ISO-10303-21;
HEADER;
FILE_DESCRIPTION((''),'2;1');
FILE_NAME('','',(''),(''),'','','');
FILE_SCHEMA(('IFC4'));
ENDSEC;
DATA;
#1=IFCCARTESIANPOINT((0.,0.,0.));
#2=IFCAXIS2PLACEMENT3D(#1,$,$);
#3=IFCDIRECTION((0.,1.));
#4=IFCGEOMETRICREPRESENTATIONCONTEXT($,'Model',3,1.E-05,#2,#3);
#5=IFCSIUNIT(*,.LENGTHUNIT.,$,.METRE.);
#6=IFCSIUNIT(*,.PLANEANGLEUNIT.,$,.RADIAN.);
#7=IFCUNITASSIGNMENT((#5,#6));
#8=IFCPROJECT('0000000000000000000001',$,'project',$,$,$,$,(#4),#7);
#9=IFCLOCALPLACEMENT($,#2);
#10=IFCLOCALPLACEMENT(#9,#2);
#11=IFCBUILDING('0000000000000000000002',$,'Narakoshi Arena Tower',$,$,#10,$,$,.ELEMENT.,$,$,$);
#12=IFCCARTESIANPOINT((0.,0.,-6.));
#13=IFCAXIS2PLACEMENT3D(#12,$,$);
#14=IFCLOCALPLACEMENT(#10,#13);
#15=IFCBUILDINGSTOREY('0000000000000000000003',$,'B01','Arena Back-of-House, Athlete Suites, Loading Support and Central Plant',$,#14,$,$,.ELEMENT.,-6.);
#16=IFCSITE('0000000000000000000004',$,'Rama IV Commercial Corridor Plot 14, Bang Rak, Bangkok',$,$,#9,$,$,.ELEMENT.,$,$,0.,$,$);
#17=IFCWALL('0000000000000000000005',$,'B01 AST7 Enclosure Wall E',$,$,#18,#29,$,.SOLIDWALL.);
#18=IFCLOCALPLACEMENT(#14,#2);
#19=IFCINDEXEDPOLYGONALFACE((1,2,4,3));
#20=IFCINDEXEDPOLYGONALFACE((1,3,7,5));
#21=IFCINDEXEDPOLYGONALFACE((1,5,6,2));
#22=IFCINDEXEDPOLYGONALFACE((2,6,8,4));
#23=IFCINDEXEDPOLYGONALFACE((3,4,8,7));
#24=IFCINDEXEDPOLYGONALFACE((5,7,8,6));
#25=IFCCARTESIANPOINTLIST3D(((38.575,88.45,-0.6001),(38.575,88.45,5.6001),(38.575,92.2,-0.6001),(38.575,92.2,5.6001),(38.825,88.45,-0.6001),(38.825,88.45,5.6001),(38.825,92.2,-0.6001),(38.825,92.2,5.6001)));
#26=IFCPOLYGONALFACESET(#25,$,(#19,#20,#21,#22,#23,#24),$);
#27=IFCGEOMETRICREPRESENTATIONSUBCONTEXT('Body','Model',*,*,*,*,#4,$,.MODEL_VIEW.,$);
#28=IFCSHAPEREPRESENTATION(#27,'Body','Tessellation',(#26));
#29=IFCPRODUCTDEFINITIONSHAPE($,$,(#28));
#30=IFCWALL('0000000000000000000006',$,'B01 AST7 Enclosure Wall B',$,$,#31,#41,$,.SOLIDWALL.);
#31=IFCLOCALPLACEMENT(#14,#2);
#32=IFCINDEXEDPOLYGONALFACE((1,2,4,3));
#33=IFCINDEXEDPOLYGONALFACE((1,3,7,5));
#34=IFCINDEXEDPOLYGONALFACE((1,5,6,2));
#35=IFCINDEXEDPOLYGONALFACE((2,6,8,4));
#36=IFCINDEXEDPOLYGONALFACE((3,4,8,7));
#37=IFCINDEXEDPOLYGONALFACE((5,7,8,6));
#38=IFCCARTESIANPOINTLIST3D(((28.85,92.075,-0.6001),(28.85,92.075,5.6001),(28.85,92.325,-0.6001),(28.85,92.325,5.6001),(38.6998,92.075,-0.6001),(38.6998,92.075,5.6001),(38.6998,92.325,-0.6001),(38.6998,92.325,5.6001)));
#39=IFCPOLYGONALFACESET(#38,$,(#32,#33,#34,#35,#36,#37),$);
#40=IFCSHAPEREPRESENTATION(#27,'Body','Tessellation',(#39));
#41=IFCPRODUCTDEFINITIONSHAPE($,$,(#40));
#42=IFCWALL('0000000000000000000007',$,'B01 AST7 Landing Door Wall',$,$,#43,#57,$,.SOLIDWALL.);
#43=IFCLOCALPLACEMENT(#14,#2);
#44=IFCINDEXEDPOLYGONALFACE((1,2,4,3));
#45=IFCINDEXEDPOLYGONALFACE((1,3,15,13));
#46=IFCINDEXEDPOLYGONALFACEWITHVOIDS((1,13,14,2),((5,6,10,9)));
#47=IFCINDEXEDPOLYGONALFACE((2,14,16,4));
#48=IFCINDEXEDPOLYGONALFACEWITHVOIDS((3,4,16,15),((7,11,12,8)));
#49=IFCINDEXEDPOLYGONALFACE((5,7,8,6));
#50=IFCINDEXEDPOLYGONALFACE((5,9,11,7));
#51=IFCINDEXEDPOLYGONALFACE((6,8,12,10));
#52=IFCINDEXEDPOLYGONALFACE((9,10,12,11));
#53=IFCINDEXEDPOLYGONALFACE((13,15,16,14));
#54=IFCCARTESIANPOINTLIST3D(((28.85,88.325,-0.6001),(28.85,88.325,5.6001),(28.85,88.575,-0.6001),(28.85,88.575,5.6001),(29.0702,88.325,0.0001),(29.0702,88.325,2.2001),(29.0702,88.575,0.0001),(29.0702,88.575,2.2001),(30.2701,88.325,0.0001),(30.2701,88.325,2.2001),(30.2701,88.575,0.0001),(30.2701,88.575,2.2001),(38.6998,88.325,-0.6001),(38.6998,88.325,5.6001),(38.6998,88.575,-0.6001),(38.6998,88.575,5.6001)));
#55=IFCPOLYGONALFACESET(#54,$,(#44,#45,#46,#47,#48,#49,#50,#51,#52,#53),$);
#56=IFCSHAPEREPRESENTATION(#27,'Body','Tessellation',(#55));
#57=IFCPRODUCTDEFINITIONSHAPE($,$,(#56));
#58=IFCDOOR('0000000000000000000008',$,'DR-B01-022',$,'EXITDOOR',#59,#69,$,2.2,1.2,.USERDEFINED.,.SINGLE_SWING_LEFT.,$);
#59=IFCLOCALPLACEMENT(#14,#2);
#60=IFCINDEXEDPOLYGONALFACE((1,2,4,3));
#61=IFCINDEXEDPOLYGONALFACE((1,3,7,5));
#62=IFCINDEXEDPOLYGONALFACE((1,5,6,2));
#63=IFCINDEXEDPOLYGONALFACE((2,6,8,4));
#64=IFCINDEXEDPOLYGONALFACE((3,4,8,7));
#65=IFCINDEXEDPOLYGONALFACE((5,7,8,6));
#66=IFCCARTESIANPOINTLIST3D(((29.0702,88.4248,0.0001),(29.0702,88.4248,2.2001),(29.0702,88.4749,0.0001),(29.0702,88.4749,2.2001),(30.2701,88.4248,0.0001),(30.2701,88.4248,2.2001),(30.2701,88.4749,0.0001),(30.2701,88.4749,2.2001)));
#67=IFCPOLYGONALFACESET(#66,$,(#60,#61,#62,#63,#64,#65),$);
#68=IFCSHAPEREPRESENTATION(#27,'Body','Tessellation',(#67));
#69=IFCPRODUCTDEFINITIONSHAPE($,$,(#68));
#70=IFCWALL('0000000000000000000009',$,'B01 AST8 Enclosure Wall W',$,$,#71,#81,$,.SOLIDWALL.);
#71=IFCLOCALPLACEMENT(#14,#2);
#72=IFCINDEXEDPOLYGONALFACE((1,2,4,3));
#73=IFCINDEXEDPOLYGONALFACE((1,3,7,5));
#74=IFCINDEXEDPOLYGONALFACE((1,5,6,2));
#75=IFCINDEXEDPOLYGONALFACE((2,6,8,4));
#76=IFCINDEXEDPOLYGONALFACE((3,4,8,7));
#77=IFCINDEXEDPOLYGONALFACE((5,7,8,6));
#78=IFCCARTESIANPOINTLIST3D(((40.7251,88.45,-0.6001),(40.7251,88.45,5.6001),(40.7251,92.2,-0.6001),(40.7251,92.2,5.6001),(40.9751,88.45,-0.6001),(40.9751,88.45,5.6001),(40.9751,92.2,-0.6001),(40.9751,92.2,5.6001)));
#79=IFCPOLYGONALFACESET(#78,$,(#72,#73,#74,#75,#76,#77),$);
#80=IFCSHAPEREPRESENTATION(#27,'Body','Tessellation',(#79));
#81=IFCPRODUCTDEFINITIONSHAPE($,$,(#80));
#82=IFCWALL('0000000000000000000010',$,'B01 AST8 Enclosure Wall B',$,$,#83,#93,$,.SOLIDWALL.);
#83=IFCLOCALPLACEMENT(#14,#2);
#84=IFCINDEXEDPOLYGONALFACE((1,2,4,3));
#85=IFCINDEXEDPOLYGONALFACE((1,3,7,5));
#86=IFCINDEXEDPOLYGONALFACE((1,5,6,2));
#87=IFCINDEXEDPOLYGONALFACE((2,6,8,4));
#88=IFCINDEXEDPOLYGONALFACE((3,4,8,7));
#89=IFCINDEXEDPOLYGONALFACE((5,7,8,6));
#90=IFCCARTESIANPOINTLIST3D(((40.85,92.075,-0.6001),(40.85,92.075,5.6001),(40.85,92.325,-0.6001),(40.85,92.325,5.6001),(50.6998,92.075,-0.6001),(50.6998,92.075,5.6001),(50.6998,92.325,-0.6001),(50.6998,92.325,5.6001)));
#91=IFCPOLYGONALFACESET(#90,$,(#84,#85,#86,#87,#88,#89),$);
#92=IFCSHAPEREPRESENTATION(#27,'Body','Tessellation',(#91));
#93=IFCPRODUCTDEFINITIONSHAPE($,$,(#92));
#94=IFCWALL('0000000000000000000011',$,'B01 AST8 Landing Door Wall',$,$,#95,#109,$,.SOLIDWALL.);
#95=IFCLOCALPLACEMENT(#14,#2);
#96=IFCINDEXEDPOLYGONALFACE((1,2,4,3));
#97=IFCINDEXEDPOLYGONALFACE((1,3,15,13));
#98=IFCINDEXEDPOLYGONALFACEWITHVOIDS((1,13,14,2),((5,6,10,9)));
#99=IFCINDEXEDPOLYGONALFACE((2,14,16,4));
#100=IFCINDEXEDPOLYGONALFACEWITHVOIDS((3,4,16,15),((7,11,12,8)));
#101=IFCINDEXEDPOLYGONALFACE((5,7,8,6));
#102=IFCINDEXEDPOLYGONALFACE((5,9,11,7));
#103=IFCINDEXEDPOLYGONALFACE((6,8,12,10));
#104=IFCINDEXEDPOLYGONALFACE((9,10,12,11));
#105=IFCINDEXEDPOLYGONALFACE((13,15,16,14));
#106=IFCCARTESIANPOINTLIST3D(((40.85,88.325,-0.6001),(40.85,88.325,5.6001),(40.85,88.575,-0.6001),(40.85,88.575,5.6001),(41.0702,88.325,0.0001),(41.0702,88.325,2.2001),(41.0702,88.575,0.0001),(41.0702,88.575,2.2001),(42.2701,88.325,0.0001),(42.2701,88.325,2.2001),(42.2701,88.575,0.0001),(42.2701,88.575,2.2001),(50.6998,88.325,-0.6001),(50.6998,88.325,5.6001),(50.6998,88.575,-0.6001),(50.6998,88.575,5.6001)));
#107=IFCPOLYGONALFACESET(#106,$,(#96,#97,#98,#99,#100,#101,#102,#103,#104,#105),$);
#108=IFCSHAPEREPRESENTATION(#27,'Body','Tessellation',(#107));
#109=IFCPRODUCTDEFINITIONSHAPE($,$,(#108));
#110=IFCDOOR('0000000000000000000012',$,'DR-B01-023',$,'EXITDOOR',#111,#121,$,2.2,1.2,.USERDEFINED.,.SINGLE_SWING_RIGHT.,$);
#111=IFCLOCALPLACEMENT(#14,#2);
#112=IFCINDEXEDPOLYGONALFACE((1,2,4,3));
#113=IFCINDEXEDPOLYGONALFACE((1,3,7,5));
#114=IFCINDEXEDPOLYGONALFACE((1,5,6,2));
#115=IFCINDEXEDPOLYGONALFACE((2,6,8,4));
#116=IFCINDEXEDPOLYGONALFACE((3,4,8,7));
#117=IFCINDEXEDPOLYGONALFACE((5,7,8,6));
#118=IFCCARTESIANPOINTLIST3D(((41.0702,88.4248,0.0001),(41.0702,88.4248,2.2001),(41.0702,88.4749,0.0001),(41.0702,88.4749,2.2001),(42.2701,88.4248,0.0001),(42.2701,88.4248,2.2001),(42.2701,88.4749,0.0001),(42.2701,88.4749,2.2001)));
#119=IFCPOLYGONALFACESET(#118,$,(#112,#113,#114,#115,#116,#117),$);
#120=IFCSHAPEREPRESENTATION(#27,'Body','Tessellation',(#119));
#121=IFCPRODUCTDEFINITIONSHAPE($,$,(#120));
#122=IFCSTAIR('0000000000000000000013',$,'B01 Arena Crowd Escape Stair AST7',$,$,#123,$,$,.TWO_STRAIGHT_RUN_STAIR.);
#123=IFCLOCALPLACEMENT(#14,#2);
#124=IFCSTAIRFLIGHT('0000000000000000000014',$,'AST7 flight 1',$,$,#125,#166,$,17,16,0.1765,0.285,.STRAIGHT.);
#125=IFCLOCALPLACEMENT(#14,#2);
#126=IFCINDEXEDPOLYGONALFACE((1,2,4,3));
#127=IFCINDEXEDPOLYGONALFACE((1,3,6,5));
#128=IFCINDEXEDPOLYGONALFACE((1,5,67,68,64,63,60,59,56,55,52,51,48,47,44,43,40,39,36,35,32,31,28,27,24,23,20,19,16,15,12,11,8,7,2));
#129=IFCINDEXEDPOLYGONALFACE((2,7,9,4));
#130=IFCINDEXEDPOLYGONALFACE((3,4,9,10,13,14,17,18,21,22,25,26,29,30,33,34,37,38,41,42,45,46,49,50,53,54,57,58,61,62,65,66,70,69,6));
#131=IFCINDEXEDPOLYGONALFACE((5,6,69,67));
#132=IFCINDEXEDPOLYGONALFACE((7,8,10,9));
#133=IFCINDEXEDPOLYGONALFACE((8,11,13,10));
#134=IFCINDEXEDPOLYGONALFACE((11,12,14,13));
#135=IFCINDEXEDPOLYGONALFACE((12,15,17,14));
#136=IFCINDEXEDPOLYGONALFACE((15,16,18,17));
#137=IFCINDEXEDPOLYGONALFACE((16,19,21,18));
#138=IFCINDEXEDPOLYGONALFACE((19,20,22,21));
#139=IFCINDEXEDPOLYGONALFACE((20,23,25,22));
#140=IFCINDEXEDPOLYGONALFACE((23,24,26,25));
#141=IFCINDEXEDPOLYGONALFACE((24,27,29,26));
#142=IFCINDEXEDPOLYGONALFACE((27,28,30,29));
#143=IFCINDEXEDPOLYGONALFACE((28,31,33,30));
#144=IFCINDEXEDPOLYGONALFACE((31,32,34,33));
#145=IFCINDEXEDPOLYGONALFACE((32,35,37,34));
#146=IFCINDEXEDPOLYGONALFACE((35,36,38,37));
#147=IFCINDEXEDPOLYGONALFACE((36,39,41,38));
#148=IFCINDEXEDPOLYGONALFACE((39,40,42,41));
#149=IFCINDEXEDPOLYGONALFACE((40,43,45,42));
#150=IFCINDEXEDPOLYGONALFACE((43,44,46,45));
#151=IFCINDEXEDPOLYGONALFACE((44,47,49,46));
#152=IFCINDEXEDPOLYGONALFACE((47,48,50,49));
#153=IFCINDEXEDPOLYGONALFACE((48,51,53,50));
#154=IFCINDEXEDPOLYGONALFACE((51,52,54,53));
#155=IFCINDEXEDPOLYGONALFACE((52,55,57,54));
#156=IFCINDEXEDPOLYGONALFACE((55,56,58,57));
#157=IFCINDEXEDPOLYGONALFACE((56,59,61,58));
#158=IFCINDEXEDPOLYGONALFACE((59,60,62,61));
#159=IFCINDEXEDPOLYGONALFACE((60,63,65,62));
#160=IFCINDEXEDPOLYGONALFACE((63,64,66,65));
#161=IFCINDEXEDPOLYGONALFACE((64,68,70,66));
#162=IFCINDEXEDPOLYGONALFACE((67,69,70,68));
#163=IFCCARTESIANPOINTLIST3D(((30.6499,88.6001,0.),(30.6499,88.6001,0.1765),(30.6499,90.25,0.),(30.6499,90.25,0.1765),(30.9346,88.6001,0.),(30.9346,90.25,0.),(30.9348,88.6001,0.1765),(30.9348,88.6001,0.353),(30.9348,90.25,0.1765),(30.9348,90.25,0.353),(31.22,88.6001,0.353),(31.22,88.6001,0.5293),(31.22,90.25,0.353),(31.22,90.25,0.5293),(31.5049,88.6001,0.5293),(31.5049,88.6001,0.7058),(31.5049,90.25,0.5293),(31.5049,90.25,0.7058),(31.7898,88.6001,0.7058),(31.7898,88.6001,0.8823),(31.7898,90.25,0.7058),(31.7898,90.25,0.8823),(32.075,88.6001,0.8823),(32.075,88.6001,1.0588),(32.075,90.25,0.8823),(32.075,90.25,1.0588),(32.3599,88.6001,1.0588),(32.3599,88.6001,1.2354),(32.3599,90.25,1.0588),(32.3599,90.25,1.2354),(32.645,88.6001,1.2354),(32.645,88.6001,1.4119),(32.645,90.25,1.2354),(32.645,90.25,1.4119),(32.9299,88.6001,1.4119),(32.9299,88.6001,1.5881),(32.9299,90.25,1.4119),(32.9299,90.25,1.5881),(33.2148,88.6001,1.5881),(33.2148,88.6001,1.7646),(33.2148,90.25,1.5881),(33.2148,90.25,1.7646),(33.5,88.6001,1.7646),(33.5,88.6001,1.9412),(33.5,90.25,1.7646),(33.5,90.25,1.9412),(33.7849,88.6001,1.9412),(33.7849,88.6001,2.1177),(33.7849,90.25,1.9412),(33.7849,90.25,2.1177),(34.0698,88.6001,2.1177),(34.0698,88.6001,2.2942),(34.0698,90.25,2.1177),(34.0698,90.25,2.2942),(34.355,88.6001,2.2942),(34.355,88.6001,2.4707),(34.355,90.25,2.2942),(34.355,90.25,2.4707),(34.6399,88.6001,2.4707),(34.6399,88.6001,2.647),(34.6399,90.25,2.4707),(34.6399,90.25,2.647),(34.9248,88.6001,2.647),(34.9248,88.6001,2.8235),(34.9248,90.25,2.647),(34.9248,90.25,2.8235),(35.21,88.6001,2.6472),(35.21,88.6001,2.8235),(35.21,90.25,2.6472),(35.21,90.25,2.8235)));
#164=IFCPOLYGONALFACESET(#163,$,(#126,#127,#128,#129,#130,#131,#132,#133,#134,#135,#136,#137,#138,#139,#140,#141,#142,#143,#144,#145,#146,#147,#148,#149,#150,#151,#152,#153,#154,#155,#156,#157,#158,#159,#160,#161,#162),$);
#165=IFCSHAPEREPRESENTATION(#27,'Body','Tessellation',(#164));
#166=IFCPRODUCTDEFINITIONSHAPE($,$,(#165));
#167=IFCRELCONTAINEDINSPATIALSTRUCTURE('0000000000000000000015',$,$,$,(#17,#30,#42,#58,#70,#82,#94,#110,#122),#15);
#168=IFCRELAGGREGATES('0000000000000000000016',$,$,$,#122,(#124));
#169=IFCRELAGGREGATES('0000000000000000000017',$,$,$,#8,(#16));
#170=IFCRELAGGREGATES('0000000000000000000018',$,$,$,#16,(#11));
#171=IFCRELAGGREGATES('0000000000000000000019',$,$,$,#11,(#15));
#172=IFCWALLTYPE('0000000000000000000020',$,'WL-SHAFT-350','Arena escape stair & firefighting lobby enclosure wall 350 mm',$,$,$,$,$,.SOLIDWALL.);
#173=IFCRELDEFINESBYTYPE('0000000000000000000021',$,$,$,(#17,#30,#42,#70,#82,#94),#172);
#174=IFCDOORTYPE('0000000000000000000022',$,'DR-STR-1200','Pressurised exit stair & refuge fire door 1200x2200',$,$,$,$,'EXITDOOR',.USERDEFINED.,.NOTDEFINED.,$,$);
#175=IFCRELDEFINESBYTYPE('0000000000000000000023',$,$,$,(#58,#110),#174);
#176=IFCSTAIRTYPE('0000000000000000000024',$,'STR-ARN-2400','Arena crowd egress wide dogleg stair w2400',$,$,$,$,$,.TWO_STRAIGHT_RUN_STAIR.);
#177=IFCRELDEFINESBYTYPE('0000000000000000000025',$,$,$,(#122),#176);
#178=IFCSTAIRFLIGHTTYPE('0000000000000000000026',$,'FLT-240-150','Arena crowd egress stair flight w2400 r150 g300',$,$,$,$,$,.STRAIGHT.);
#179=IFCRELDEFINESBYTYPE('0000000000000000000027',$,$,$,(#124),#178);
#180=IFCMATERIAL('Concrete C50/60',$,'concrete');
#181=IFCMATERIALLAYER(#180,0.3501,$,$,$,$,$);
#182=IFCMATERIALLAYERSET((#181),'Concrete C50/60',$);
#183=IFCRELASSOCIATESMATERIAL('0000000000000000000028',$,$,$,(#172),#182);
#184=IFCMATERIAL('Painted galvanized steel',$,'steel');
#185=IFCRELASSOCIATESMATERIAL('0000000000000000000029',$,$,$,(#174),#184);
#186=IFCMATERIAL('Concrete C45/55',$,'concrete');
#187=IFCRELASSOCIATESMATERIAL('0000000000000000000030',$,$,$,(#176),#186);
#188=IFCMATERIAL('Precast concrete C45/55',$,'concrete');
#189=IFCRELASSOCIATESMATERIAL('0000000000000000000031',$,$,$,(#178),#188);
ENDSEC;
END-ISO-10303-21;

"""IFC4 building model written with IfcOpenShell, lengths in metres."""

from ifc_helpers import new_model, si_unit, direction, frame, frame_2d, origin, place, context, subcontext, project, spatial, polyline, rectangle, outline, extrude, material, layer, layer_set, type_object, element, fill, aggregate, save


model = new_model("IFC4")

# Units and contexts
model_context = context("Model", 3, precision=1e-05, world=origin(), true_north=direction((0.0, 1.0)))
body_context = subcontext(model_context, "Body", "Model", "MODEL_VIEW")
ifc_project = project(units=[si_unit("LENGTHUNIT", "METRE"), si_unit("PLANEANGLEUNIT", "RADIAN")], contexts=[model_context])

# Site, building, storey
site_placement = place(None, origin())
site = spatial("IfcSite", under=ifc_project, at=site_placement, Name="Rama IV Commercial Corridor Plot 14, Bang Rak, Bangkok", CompositionType="ELEMENT", RefElevation=0.0)
building_placement = place(site_placement, origin())
building = spatial("IfcBuilding", under=site, at=building_placement, Name="Narakoshi Arena Tower", CompositionType="ELEMENT")
storey_placement = place(building_placement, frame((0.0, 0.0, -6.0)))
storey = spatial("IfcBuildingStorey", under=building, at=storey_placement, Name="B01", Description="Arena Back-of-House, Athlete Suites, Loading Support and Central Plant", CompositionType="ELEMENT", Elevation=-6.0)

# Shared definitions
ifc_material_1 = material(Name="Concrete C45/55", Category="concrete")

# Walls
ifc_material_2 = material(Name="Concrete C50/60", Category="concrete")
ifc_layer = layer(ifc_material_2, 0.3501)
ifc_layer_set = layer_set([ifc_layer], Name="Concrete C50/60")
wall_type = type_object("IfcWallType", Name="WL-SHAFT-350", Description="Arena escape stair & firefighting lobby enclosure wall 350 mm", PredefinedType="SOLIDWALL", material=ifc_layer_set)
wall_1_placement = place(storey_placement, frame((38.7, 88.45, -0.6001), z_axis=(0.0, 0.0, 1.0), x_axis=(0.0, 1.0, 0.0)))
element("IfcWall", 1, at=wall_1_placement, inside=storey, type_object=wall_type, Name="B01 AST7 Enclosure Wall E", PredefinedType="SOLIDWALL", context=body_context, shape_type="SweptSolid", body=[
    extrude(rectangle(XDim=3.75, YDim=0.25, at=frame_2d((1.875, 0.0))), origin(), (0.0, 0.0, 1.0), 6.2002),
])
wall_2_placement = place(storey_placement, frame((28.8501, 92.2, -0.6001), z_axis=(0.0, 0.0, 1.0), x_axis=(1.0, 0.0, 0.0)))
element("IfcWall", 2, at=wall_2_placement, inside=storey, type_object=wall_type, Name="B01 AST7 Enclosure Wall B", PredefinedType="SOLIDWALL", context=body_context, shape_type="SweptSolid", body=[
    extrude(rectangle(XDim=9.8499, YDim=0.25, at=frame_2d((4.9248, 0.0))), origin(), (0.0, 0.0, 1.0), 6.2002),
])

# Wall, opening, door
wall_3_placement = place(storey_placement, frame((28.8501, 88.45, -0.6001), z_axis=(0.0, 0.0, 1.0), x_axis=(1.0, 0.0, 0.0)))
wall_3 = element("IfcWall", 3, at=wall_3_placement, inside=storey, type_object=wall_type, Name="B01 AST7 Landing Door Wall", PredefinedType="SOLIDWALL", context=body_context, shape_type="SweptSolid", body=[
    extrude(rectangle(XDim=9.8499, YDim=0.25, at=frame_2d((4.9248, 0.0))), origin(), (0.0, 0.0, 1.0), 6.2002),
])
opening_1_placement = place(wall_3_placement, frame((0.22, 0.0, 0.6001)))
opening_1 = element("IfcOpeningElement", 4, at=opening_1_placement, cuts=wall_3, PredefinedType="OPENING", context=body_context, shape_type="SweptSolid", body=[
    extrude(rectangle(XDim=1.2, YDim=2.2, at=frame_2d((0.6001, 1.1001))), frame((0.0, 0.135, 0.0), z_axis=(0.0, -1.0, 0.0), x_axis=(1.0, 0.0, 0.0)), (0.0, 0.0, 1.0), 0.27),
])
ifc_material_3 = material(Name="Painted galvanized steel", Category="steel")
door_type = type_object("IfcDoorType", Name="DR-STR-1200", Description="Pressurised exit stair & refuge fire door 1200x2200", ElementType="EXITDOOR", OperationType="NOTDEFINED", PredefinedType="USERDEFINED", material=ifc_material_3)
door_1_placement = place(opening_1_placement, origin())
door_1 = element("IfcDoor", 5, at=door_1_placement, inside=storey, type_object=door_type, Name="DR-B01-022", ObjectType="EXITDOOR", OperationType="SINGLE_SWING_LEFT", OverallHeight=2.2, OverallWidth=1.2, PredefinedType="USERDEFINED", context=body_context, shape_type="SweptSolid", body=[
    extrude(rectangle(XDim=1.2, YDim=2.2, at=frame_2d((0.6001, 1.1001))), frame((0.0, 0.0249, 0.0), z_axis=(0.0, -1.0, 0.0), x_axis=(1.0, 0.0, 0.0)), (0.0, 0.0, 1.0), 0.05),
])
fill(opening_1, door_1)

# Walls
wall_4_placement = place(storey_placement, frame((40.8501, 88.45, -0.6001), z_axis=(0.0, 0.0, 1.0), x_axis=(0.0, 1.0, 0.0)))
element("IfcWall", 6, at=wall_4_placement, inside=storey, type_object=wall_type, Name="B01 AST8 Enclosure Wall W", PredefinedType="SOLIDWALL", context=body_context, shape_type="SweptSolid", body=[
    extrude(rectangle(XDim=3.75, YDim=0.25, at=frame_2d((1.875, 0.0))), origin(), (0.0, 0.0, 1.0), 6.2002),
])
wall_5_placement = place(storey_placement, frame((40.8501, 92.2, -0.6001), z_axis=(0.0, 0.0, 1.0), x_axis=(1.0, 0.0, 0.0)))
element("IfcWall", 7, at=wall_5_placement, inside=storey, type_object=wall_type, Name="B01 AST8 Enclosure Wall B", PredefinedType="SOLIDWALL", context=body_context, shape_type="SweptSolid", body=[
    extrude(rectangle(XDim=9.8499, YDim=0.25, at=frame_2d((4.9248, 0.0))), origin(), (0.0, 0.0, 1.0), 6.2002),
])

# Wall, opening, door
wall_6_placement = place(storey_placement, frame((40.8501, 88.45, -0.6001), z_axis=(0.0, 0.0, 1.0), x_axis=(1.0, 0.0, 0.0)))
wall_6 = element("IfcWall", 8, at=wall_6_placement, inside=storey, type_object=wall_type, Name="B01 AST8 Landing Door Wall", PredefinedType="SOLIDWALL", context=body_context, shape_type="SweptSolid", body=[
    extrude(rectangle(XDim=9.8499, YDim=0.25, at=frame_2d((4.9248, 0.0))), origin(), (0.0, 0.0, 1.0), 6.2002),
])
opening_2_placement = place(wall_6_placement, frame((0.22, 0.0, 0.6001)))
opening_2 = element("IfcOpeningElement", 9, at=opening_2_placement, cuts=wall_6, PredefinedType="OPENING", context=body_context, shape_type="SweptSolid", body=[
    extrude(rectangle(XDim=1.2, YDim=2.2, at=frame_2d((0.6001, 1.1001))), frame((0.0, 0.135, 0.0), z_axis=(0.0, -1.0, 0.0), x_axis=(1.0, 0.0, 0.0)), (0.0, 0.0, 1.0), 0.27),
])
door_2_placement = place(opening_2_placement, origin())
door_2 = element("IfcDoor", 10, at=door_2_placement, inside=storey, type_object=door_type, Name="DR-B01-023", ObjectType="EXITDOOR", OperationType="SINGLE_SWING_RIGHT", OverallHeight=2.2, OverallWidth=1.2, PredefinedType="USERDEFINED", context=body_context, shape_type="SweptSolid", body=[
    extrude(rectangle(XDim=1.2, YDim=2.2, at=frame_2d((0.6001, 1.1001))), frame((0.0, 0.0249, 0.0), z_axis=(0.0, -1.0, 0.0), x_axis=(1.0, 0.0, 0.0)), (0.0, 0.0, 1.0), 0.05),
])
fill(opening_2, door_2)

# Stair, stair flight
stair_type = type_object("IfcStairType", Name="STR-ARN-2400", Description="Arena crowd egress wide dogleg stair w2400", PredefinedType="TWO_STRAIGHT_RUN_STAIR", material=ifc_material_1)
stair_1_placement = place(storey_placement, origin())
stair_1 = element("IfcStair", 11, at=stair_1_placement, inside=storey, type_object=stair_type, Name="B01 Arena Crowd Escape Stair AST7", PredefinedType="TWO_STRAIGHT_RUN_STAIR")
ifc_material_4 = material(Name="Precast concrete C45/55", Category="concrete")
stair_flight_type = type_object("IfcStairFlightType", Name="FLT-240-150", Description="Arena crowd egress stair flight w2400 r150 g300", PredefinedType="STRAIGHT", material=ifc_material_4)
stair_flight_1_placement = place(storey_placement, frame((30.6499, 89.425, 0.0), z_axis=(0.0, 0.0, 1.0), x_axis=(1.0, 0.0, 0.0)))
stair_flight_1 = element("IfcStairFlight", 12, at=stair_flight_1_placement, type_object=stair_flight_type, Name="AST7 flight 1", NumberOfRisers=17, NumberOfTreads=16, PredefinedType="STRAIGHT", RiserHeight=0.1765, TreadLength=0.285, context=body_context, shape_type="SweptSolid", body=[
    extrude(outline(polyline([(0.0, 0.0), (0.0, 0.1765), (0.2849, 0.1765), (0.2849, 0.353), (0.5701, 0.353), (0.5701, 0.5293), (0.855, 0.5293), (0.855, 0.7058), (1.1399, 0.7058), (1.1399, 0.8823), (1.425, 0.8823), (1.425, 1.0588), (1.71, 1.0588), (1.71, 1.2354), (1.9951, 1.2354), (1.9951, 1.4119), (2.28, 1.4119), (2.28, 1.5881), (2.5649, 1.5881), (2.5649, 1.7646), (2.8501, 1.7646), (2.8501, 1.9412), (3.135, 1.9412), (3.135, 2.1177), (3.4199, 2.1177), (3.4199, 2.2942), (3.7051, 2.2942), (3.7051, 2.4707), (3.99, 2.4707), (3.99, 2.647), (4.2749, 2.647), (4.2749, 2.8235), (4.5601, 2.8235), (4.5601, 3.0), (4.5601, 2.6472), (0.2847, 0.0), (0.0, 0.0)])), frame((0.0, 0.825, 0.0), z_axis=(0.0, -1.0, 0.0), x_axis=(1.0, 0.0, 0.0)), (0.0, 0.0, 1.0), 1.6499),
])
aggregate(stair_1, [stair_flight_1])

save(model, "model.ifc")
